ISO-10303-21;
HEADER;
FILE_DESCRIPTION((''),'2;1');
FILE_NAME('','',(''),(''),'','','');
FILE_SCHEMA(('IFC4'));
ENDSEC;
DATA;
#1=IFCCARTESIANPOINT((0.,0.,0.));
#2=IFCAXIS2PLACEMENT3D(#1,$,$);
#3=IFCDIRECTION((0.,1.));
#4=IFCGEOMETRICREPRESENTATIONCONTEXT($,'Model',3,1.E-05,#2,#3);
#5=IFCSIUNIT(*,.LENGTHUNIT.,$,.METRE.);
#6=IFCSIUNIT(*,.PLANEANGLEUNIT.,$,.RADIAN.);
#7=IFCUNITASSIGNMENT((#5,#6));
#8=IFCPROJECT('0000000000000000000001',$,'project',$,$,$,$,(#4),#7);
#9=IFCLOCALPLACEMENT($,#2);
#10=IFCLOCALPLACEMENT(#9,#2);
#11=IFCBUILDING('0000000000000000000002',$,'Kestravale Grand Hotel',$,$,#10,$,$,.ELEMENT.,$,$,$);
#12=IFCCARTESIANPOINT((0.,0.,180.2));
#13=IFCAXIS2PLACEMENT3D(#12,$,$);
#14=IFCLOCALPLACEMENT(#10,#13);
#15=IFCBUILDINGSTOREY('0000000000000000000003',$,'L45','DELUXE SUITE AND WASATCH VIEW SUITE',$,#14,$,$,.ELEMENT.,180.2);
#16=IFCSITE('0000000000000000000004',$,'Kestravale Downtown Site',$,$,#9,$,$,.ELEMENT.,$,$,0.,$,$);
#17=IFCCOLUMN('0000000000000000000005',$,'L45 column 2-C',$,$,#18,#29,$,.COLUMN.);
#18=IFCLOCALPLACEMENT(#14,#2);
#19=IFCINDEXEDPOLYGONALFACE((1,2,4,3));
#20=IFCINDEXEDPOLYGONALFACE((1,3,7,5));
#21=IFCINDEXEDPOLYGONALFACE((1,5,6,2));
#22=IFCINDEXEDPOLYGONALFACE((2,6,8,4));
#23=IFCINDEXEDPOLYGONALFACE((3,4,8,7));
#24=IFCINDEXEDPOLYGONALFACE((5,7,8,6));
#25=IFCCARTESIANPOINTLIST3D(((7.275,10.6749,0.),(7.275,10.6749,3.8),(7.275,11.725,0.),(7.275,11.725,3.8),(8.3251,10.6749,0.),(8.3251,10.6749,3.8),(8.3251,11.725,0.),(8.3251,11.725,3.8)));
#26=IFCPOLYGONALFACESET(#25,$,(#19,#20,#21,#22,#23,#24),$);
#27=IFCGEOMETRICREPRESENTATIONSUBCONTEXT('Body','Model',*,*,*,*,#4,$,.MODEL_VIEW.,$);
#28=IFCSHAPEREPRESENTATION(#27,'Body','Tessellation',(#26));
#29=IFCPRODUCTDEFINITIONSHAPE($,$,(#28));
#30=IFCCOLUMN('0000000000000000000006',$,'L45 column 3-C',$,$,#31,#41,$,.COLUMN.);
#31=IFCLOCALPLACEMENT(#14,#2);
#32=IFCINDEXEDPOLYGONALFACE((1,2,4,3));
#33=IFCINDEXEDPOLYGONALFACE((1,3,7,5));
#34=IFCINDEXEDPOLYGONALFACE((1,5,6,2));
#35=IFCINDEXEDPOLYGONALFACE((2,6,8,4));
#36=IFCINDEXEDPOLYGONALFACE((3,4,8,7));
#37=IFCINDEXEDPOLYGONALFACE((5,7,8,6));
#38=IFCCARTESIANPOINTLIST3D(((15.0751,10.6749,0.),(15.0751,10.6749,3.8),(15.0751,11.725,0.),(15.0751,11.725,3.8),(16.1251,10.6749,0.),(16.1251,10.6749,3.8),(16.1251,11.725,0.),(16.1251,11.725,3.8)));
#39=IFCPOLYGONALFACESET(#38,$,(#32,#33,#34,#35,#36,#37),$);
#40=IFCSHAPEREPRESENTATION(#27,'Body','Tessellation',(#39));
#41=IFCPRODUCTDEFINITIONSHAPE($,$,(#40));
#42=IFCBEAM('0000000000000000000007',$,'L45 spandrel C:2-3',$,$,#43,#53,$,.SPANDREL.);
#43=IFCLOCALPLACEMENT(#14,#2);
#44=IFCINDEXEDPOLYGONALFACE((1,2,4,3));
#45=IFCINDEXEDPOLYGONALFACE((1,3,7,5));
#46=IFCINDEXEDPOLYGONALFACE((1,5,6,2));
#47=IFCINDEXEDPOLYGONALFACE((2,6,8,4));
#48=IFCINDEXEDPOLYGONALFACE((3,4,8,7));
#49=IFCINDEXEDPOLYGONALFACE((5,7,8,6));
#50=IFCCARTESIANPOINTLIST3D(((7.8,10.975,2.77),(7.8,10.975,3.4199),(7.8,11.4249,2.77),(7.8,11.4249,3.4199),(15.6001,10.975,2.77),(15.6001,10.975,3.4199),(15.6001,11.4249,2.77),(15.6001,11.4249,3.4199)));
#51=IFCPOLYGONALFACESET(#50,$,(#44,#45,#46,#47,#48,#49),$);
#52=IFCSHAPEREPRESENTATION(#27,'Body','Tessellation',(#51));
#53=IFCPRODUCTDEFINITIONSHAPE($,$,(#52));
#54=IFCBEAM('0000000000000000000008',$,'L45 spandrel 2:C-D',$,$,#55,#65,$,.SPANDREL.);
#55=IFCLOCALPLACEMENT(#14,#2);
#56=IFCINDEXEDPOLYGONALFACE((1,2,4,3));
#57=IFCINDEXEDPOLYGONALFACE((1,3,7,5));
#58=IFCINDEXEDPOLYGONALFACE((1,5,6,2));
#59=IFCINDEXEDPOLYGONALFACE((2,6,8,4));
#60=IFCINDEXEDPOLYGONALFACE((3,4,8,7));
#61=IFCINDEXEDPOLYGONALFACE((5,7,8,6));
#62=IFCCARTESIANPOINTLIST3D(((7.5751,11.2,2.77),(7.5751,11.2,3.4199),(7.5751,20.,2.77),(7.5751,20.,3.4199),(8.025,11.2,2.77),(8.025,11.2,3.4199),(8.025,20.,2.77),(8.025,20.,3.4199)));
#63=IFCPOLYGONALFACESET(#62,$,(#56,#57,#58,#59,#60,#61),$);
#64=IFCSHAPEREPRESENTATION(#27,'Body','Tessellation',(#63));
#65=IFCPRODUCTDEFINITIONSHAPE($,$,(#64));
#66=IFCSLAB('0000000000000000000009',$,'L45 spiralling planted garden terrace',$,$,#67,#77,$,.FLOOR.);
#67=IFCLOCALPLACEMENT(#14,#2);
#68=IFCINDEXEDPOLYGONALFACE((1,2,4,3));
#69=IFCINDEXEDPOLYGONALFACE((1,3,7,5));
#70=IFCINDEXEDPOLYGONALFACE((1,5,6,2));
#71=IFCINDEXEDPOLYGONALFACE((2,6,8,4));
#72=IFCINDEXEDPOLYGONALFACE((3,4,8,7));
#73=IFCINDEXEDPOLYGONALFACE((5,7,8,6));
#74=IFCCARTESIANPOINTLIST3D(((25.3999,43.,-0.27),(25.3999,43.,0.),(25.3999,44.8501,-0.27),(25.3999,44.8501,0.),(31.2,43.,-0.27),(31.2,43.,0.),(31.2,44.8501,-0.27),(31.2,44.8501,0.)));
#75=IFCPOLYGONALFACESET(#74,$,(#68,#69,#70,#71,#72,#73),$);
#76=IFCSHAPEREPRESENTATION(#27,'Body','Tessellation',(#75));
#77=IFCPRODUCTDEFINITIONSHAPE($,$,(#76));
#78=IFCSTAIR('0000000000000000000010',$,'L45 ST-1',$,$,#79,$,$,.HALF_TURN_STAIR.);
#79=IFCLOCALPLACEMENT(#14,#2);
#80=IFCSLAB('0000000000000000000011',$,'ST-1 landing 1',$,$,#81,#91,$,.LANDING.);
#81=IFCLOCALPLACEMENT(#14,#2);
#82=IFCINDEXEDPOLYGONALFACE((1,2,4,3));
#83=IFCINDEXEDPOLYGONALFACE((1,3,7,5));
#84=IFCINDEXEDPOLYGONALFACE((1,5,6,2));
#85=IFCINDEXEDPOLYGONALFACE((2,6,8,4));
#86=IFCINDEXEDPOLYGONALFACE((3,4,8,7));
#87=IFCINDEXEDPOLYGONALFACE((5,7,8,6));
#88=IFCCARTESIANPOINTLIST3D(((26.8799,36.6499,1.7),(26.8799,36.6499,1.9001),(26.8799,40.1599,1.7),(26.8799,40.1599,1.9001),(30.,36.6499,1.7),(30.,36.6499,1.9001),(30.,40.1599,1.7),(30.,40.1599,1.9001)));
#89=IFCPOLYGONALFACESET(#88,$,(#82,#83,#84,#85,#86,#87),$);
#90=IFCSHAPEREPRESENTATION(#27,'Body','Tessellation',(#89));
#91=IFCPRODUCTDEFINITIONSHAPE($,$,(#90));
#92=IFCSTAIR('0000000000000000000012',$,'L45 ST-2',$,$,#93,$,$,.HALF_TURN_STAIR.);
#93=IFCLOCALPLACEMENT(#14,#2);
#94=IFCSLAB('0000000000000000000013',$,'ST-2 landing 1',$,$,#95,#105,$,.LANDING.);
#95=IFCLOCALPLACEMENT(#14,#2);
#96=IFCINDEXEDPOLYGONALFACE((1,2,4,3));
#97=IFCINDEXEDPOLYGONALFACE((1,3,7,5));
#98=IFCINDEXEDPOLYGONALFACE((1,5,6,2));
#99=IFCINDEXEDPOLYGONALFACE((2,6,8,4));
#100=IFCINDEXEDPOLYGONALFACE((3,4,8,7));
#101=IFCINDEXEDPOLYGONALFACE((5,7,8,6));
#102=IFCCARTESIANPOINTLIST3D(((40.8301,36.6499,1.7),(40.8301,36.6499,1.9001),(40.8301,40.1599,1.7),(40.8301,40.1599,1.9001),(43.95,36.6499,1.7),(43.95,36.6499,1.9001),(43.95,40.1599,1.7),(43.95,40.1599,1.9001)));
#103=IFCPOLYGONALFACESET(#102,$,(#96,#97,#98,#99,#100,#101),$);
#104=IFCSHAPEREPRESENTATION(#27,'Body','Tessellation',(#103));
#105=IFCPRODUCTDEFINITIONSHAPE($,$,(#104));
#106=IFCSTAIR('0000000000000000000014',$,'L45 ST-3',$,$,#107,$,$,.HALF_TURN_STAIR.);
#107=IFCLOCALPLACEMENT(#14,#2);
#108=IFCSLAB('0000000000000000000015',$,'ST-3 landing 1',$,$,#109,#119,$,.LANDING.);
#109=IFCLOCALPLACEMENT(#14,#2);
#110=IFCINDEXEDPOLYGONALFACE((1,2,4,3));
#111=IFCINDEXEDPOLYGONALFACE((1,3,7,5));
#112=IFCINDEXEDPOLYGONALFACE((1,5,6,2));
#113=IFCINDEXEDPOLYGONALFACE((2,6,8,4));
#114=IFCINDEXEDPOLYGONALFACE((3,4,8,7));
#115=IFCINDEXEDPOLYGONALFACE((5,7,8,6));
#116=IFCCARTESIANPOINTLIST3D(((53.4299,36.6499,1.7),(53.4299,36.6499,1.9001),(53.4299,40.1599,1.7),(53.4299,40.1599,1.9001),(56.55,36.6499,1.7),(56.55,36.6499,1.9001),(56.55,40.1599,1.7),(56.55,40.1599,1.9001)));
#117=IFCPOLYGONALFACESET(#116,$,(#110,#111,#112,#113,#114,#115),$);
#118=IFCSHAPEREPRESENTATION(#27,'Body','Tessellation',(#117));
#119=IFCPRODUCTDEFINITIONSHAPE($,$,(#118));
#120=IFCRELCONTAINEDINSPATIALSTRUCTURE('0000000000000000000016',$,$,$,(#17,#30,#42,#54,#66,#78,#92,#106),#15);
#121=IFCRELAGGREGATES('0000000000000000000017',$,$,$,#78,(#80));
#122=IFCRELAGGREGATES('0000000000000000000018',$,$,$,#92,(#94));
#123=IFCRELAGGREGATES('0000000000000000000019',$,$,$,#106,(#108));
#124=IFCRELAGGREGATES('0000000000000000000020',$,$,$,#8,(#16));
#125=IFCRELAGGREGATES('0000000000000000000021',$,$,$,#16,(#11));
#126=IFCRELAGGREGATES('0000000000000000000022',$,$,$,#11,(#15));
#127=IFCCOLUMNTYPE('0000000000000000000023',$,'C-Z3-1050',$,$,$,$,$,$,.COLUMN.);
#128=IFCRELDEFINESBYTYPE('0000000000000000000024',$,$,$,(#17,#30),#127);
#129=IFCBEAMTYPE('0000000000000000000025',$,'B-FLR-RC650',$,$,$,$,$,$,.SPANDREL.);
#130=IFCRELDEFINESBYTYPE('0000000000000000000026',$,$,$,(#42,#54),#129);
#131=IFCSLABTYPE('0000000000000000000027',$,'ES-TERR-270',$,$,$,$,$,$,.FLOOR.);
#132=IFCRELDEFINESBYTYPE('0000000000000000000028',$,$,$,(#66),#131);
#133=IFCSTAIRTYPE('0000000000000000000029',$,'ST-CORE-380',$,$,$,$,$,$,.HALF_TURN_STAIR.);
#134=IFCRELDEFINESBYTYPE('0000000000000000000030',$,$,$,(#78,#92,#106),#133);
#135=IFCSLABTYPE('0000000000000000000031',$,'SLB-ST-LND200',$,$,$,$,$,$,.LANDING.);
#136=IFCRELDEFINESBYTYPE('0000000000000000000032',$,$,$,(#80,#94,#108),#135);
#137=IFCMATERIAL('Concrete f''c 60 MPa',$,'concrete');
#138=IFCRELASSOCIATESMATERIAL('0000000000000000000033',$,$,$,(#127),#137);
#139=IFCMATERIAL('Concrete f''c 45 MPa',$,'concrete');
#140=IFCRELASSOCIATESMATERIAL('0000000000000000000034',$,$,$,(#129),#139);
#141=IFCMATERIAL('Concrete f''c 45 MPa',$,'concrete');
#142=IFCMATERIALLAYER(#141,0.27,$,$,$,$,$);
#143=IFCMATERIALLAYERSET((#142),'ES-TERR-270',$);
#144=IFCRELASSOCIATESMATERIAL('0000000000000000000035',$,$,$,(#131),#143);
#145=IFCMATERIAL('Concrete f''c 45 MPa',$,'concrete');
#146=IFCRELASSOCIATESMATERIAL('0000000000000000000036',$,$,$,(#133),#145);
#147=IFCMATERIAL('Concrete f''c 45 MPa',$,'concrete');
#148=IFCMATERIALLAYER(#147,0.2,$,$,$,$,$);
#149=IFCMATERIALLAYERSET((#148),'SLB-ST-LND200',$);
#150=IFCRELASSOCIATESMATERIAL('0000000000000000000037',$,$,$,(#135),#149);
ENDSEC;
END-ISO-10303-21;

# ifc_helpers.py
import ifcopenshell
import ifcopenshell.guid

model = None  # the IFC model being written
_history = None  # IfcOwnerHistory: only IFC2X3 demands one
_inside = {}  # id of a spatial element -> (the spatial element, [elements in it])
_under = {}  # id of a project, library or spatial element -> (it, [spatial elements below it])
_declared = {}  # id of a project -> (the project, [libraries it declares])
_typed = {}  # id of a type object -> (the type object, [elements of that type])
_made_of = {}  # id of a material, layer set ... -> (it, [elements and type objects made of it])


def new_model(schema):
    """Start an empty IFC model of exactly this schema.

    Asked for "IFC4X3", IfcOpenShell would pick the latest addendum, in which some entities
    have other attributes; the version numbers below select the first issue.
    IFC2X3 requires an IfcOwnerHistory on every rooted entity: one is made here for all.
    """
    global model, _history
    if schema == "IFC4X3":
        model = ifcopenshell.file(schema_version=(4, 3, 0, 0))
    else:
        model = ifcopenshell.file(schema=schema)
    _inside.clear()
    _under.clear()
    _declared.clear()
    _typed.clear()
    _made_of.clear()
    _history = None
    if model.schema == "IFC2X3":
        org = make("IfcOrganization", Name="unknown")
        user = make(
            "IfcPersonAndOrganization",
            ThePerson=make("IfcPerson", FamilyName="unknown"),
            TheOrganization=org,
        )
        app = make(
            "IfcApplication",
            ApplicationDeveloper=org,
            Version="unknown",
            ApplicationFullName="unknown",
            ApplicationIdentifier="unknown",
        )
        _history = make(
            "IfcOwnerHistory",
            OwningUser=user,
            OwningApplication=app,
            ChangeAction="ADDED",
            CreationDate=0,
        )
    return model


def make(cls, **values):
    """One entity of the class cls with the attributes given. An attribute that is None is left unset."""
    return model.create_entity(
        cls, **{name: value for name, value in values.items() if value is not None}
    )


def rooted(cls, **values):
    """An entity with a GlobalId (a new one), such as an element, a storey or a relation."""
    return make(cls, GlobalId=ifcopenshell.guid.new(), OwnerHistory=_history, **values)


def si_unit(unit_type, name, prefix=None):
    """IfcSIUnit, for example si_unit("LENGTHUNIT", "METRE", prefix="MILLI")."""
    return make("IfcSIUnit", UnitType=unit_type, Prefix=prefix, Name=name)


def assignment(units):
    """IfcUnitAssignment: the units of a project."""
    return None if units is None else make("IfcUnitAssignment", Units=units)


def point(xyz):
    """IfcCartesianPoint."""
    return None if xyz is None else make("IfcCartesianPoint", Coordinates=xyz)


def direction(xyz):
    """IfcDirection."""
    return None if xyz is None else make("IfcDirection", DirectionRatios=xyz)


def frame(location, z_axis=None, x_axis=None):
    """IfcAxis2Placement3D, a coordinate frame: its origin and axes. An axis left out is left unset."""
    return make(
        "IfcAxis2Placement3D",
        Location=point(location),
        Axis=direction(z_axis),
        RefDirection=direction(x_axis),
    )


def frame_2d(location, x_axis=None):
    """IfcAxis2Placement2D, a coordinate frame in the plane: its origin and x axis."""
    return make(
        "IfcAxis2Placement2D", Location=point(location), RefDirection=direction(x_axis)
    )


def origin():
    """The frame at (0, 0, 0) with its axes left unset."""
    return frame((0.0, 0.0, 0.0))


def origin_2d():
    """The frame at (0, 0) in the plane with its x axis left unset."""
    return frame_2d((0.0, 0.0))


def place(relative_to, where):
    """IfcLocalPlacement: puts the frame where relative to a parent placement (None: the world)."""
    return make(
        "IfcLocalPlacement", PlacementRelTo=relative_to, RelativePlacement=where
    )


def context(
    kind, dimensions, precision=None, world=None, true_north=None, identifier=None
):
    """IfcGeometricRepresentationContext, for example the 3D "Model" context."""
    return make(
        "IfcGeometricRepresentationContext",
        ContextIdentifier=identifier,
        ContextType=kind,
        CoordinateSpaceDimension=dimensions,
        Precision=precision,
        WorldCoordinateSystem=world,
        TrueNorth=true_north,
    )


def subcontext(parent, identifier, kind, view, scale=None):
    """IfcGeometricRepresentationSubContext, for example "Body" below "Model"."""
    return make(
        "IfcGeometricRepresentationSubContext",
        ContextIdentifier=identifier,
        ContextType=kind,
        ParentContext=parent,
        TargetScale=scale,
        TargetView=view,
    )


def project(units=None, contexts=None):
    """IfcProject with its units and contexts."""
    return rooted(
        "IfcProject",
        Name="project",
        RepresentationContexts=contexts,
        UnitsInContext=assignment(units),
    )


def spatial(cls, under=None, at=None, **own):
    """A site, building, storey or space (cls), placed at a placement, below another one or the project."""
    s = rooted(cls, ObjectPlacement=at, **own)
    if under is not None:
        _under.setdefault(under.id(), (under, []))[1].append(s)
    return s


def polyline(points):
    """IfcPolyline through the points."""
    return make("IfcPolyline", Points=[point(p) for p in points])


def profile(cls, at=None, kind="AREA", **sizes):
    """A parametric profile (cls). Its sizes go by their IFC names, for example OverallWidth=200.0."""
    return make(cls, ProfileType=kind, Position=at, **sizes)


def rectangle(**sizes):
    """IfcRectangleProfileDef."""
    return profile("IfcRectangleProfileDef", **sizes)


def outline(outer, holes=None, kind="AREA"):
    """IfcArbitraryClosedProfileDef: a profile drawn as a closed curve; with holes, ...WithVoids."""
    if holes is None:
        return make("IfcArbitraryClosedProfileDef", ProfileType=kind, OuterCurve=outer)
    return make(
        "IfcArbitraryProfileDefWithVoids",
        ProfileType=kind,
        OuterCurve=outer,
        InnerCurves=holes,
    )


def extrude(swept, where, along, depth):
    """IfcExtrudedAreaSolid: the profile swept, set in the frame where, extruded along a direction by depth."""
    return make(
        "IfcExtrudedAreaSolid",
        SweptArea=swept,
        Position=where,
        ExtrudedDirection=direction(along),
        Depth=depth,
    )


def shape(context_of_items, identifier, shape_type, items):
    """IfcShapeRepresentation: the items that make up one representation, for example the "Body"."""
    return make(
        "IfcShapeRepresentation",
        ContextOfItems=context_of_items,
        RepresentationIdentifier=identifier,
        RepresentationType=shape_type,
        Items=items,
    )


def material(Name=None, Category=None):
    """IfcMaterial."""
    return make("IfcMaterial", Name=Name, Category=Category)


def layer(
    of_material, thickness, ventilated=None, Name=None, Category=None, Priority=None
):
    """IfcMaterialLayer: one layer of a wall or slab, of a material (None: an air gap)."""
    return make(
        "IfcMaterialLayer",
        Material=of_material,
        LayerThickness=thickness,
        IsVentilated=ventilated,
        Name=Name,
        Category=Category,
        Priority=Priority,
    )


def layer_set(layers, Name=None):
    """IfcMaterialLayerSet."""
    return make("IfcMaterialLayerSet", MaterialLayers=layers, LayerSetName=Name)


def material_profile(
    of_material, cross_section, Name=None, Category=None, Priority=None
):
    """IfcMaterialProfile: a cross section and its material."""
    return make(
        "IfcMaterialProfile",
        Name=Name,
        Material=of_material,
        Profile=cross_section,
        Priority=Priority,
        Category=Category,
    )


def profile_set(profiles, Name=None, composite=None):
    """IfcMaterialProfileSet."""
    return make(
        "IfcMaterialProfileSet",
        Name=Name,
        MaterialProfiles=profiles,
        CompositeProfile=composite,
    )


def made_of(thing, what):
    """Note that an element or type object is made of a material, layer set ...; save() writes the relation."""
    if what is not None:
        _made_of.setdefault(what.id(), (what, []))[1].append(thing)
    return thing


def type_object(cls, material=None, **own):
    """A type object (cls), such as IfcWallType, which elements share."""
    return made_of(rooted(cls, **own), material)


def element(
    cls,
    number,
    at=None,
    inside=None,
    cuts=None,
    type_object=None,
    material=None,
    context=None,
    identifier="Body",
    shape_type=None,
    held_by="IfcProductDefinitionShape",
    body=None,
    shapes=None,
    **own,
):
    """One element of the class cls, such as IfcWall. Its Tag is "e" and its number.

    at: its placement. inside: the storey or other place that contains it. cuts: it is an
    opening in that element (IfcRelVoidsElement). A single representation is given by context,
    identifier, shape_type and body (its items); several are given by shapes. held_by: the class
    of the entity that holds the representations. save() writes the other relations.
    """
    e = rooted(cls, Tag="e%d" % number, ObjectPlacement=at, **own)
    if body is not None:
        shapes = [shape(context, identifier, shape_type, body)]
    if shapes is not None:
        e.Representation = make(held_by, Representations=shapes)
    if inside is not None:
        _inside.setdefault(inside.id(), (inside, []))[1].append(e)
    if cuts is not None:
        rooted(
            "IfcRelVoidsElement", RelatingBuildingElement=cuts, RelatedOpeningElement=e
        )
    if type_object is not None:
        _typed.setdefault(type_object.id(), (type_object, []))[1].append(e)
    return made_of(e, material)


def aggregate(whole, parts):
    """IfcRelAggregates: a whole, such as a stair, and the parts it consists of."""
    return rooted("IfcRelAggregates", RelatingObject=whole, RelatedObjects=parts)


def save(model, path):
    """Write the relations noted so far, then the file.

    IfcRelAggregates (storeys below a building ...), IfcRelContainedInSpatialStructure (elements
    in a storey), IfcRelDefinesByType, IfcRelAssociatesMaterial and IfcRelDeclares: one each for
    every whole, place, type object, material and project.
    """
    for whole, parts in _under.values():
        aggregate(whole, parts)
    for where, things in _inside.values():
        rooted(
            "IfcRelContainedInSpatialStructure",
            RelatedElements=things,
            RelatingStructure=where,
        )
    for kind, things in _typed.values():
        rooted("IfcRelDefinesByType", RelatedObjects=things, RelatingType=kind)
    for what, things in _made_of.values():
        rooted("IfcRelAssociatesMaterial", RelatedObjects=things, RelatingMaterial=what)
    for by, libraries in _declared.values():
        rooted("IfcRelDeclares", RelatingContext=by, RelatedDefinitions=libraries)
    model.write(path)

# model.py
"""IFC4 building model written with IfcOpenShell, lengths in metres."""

from ifc_helpers import new_model, si_unit, direction, frame, origin, origin_2d, place, context, subcontext, project, spatial, polyline, rectangle, outline, extrude, material, layer, layer_set, material_profile, profile_set, type_object, element, aggregate, save


model = new_model("IFC4")

# Units and contexts
model_context = context("Model", 3, precision=1e-05, world=origin(), true_north=direction((0.0, 1.0)))
body_context = subcontext(model_context, "Body", "Model", "MODEL_VIEW")
ifc_project = project(units=[si_unit("LENGTHUNIT", "METRE"), si_unit("PLANEANGLEUNIT", "RADIAN")], contexts=[model_context])

# Site, building, storey
site_placement = place(None, origin())
site = spatial("IfcSite", under=ifc_project, at=site_placement, Name="Kestravale Downtown Site", CompositionType="ELEMENT", RefElevation=0.0)
building_placement = place(site_placement, origin())
building = spatial("IfcBuilding", under=site, at=building_placement, Name="Kestravale Grand Hotel", CompositionType="ELEMENT")
storey_placement = place(building_placement, frame((0.0, 0.0, 180.2)))
storey = spatial("IfcBuildingStorey", under=building, at=storey_placement, Name="L45", Description="DELUXE SUITE AND WASATCH VIEW SUITE", CompositionType="ELEMENT", Elevation=180.2)

# Columns
ifc_material_1 = material(Name="Concrete f'c 60 MPa", Category="concrete")
ifc_material_profile_1 = material_profile(ifc_material_1, rectangle(XDim=1.05, YDim=1.05, at=origin_2d()))
ifc_profile_set_1 = profile_set([ifc_material_profile_1], Name="Concrete f'c 60 MPa")
column_type = type_object("IfcColumnType", Name="C-Z3-1050", PredefinedType="COLUMN", material=ifc_profile_set_1)
for number, where, z_axis, x_axis, name in (
    (1, (7.8, 11.2, 0.0), (0.0, 0.0, 1.0), (1.0, 0.0, 0.0), "L45 column 2-C"),
    (2, (15.6001, 11.2, 0.0), (0.0, 0.0, 1.0), (1.0, 0.0, 0.0), "L45 column 3-C"),
):
    element("IfcColumn", number, at=place(storey_placement, frame(where, z_axis=z_axis, x_axis=x_axis)), inside=storey, type_object=column_type, Name=name, PredefinedType="COLUMN", context=body_context, shape_type="SweptSolid", body=[
        extrude(rectangle(XDim=1.05, YDim=1.05, at=origin_2d()), origin(), (0.0, 0.0, 1.0), 3.8),
    ])

# Beams
ifc_material_2 = material(Name="Concrete f'c 45 MPa", Category="concrete")
ifc_material_profile_2 = material_profile(ifc_material_2, rectangle(XDim=0.45, YDim=0.6499, at=origin_2d()))
ifc_profile_set_2 = profile_set([ifc_material_profile_2], Name="Concrete f'c 45 MPa")
beam_type = type_object("IfcBeamType", Name="B-FLR-RC650", PredefinedType="SPANDREL", material=ifc_profile_set_2)
beam_1_placement = place(storey_placement, frame((7.8, 11.2, 3.095), z_axis=(1.0, 0.0, 0.0), x_axis=(0.0, 1.0, 0.0)))
element("IfcBeam", 3, at=beam_1_placement, inside=storey, type_object=beam_type, Name="L45 spandrel C:2-3", PredefinedType="SPANDREL", context=body_context, shape_type="SweptSolid", body=[
    extrude(rectangle(XDim=0.45, YDim=0.6499, at=origin_2d()), origin(), (0.0, 0.0, 1.0), 7.8),
])
beam_2_placement = place(storey_placement, frame((7.8, 11.2, 3.095), z_axis=(0.0, 1.0, 0.0), x_axis=(-1.0, 0.0, 0.0)))
element("IfcBeam", 4, at=beam_2_placement, inside=storey, type_object=beam_type, Name="L45 spandrel 2:C-D", PredefinedType="SPANDREL", context=body_context, shape_type="SweptSolid", body=[
    extrude(rectangle(XDim=0.45, YDim=0.6499, at=origin_2d()), origin(), (0.0, 0.0, 1.0), 8.8),
])

# Slab
ifc_material_3 = material(Name="Concrete f'c 45 MPa", Category="concrete")
ifc_layer_1 = layer(ifc_material_3, 0.27)
ifc_layer_set_1 = layer_set([ifc_layer_1], Name="ES-TERR-270")
slab_type_1 = type_object("IfcSlabType", Name="ES-TERR-270", PredefinedType="FLOOR", material=ifc_layer_set_1)
slab_1_placement = place(storey_placement, frame((0.0, 0.0, -0.27)))
element("IfcSlab", 5, at=slab_1_placement, inside=storey, type_object=slab_type_1, Name="L45 spiralling planted garden terrace", PredefinedType="FLOOR", context=body_context, shape_type="SweptSolid", body=[
    extrude(outline(polyline([(25.3999, 43.0), (31.2, 43.0), (31.2, 44.8501), (25.3999, 44.8501), (25.3999, 43.0)])), origin(), (0.0, 0.0, 1.0), 0.27),
])

# Stairs, slabs
ifc_material_4 = material(Name="Concrete f'c 45 MPa", Category="concrete")
stair_type = type_object("IfcStairType", Name="ST-CORE-380", PredefinedType="HALF_TURN_STAIR", material=ifc_material_4)
stair_1_placement = place(storey_placement, origin())
stair_1 = element("IfcStair", 6, at=stair_1_placement, inside=storey, type_object=stair_type, Name="L45 ST-1", PredefinedType="HALF_TURN_STAIR")
ifc_material_5 = material(Name="Concrete f'c 45 MPa", Category="concrete")
ifc_layer_2 = layer(ifc_material_5, 0.2)
ifc_layer_set_2 = layer_set([ifc_layer_2], Name="SLB-ST-LND200")
slab_type_2 = type_object("IfcSlabType", Name="SLB-ST-LND200", PredefinedType="LANDING", material=ifc_layer_set_2)
slab_2_placement = place(storey_placement, frame((0.0, 0.0, 1.7)))
slab_2 = element("IfcSlab", 7, at=slab_2_placement, type_object=slab_type_2, Name="ST-1 landing 1", PredefinedType="LANDING", context=body_context, shape_type="SweptSolid", body=[
    extrude(outline(polyline([(26.8799, 36.6499), (30.0, 36.6499), (30.0, 40.1599), (26.8799, 40.1599), (26.8799, 36.6499)])), origin(), (0.0, 0.0, 1.0), 0.2002),
])
aggregate(stair_1, [slab_2])
stair_2_placement = place(storey_placement, origin())
stair_2 = element("IfcStair", 8, at=stair_2_placement, inside=storey, type_object=stair_type, Name="L45 ST-2", PredefinedType="HALF_TURN_STAIR")
slab_3_placement = place(storey_placement, frame((0.0, 0.0, 1.7)))
slab_3 = element("IfcSlab", 9, at=slab_3_placement, type_object=slab_type_2, Name="ST-2 landing 1", PredefinedType="LANDING", context=body_context, shape_type="SweptSolid", body=[
    extrude(outline(polyline([(40.8301, 36.6499), (43.95, 36.6499), (43.95, 40.1599), (40.8301, 40.1599), (40.8301, 36.6499)])), origin(), (0.0, 0.0, 1.0), 0.2002),
])
aggregate(stair_2, [slab_3])
stair_3_placement = place(storey_placement, origin())
stair_3 = element("IfcStair", 10, at=stair_3_placement, inside=storey, type_object=stair_type, Name="L45 ST-3", PredefinedType="HALF_TURN_STAIR")
slab_4_placement = place(storey_placement, frame((0.0, 0.0, 1.7)))
slab_4 = element("IfcSlab", 11, at=slab_4_placement, type_object=slab_type_2, Name="ST-3 landing 1", PredefinedType="LANDING", context=body_context, shape_type="SweptSolid", body=[
    extrude(outline(polyline([(53.4299, 36.6499), (56.55, 36.6499), (56.55, 40.1599), (53.4299, 40.1599), (53.4299, 36.6499)])), origin(), (0.0, 0.0, 1.0), 0.2002),
])
aggregate(stair_3, [slab_4])

save(model, "model.ifc")
